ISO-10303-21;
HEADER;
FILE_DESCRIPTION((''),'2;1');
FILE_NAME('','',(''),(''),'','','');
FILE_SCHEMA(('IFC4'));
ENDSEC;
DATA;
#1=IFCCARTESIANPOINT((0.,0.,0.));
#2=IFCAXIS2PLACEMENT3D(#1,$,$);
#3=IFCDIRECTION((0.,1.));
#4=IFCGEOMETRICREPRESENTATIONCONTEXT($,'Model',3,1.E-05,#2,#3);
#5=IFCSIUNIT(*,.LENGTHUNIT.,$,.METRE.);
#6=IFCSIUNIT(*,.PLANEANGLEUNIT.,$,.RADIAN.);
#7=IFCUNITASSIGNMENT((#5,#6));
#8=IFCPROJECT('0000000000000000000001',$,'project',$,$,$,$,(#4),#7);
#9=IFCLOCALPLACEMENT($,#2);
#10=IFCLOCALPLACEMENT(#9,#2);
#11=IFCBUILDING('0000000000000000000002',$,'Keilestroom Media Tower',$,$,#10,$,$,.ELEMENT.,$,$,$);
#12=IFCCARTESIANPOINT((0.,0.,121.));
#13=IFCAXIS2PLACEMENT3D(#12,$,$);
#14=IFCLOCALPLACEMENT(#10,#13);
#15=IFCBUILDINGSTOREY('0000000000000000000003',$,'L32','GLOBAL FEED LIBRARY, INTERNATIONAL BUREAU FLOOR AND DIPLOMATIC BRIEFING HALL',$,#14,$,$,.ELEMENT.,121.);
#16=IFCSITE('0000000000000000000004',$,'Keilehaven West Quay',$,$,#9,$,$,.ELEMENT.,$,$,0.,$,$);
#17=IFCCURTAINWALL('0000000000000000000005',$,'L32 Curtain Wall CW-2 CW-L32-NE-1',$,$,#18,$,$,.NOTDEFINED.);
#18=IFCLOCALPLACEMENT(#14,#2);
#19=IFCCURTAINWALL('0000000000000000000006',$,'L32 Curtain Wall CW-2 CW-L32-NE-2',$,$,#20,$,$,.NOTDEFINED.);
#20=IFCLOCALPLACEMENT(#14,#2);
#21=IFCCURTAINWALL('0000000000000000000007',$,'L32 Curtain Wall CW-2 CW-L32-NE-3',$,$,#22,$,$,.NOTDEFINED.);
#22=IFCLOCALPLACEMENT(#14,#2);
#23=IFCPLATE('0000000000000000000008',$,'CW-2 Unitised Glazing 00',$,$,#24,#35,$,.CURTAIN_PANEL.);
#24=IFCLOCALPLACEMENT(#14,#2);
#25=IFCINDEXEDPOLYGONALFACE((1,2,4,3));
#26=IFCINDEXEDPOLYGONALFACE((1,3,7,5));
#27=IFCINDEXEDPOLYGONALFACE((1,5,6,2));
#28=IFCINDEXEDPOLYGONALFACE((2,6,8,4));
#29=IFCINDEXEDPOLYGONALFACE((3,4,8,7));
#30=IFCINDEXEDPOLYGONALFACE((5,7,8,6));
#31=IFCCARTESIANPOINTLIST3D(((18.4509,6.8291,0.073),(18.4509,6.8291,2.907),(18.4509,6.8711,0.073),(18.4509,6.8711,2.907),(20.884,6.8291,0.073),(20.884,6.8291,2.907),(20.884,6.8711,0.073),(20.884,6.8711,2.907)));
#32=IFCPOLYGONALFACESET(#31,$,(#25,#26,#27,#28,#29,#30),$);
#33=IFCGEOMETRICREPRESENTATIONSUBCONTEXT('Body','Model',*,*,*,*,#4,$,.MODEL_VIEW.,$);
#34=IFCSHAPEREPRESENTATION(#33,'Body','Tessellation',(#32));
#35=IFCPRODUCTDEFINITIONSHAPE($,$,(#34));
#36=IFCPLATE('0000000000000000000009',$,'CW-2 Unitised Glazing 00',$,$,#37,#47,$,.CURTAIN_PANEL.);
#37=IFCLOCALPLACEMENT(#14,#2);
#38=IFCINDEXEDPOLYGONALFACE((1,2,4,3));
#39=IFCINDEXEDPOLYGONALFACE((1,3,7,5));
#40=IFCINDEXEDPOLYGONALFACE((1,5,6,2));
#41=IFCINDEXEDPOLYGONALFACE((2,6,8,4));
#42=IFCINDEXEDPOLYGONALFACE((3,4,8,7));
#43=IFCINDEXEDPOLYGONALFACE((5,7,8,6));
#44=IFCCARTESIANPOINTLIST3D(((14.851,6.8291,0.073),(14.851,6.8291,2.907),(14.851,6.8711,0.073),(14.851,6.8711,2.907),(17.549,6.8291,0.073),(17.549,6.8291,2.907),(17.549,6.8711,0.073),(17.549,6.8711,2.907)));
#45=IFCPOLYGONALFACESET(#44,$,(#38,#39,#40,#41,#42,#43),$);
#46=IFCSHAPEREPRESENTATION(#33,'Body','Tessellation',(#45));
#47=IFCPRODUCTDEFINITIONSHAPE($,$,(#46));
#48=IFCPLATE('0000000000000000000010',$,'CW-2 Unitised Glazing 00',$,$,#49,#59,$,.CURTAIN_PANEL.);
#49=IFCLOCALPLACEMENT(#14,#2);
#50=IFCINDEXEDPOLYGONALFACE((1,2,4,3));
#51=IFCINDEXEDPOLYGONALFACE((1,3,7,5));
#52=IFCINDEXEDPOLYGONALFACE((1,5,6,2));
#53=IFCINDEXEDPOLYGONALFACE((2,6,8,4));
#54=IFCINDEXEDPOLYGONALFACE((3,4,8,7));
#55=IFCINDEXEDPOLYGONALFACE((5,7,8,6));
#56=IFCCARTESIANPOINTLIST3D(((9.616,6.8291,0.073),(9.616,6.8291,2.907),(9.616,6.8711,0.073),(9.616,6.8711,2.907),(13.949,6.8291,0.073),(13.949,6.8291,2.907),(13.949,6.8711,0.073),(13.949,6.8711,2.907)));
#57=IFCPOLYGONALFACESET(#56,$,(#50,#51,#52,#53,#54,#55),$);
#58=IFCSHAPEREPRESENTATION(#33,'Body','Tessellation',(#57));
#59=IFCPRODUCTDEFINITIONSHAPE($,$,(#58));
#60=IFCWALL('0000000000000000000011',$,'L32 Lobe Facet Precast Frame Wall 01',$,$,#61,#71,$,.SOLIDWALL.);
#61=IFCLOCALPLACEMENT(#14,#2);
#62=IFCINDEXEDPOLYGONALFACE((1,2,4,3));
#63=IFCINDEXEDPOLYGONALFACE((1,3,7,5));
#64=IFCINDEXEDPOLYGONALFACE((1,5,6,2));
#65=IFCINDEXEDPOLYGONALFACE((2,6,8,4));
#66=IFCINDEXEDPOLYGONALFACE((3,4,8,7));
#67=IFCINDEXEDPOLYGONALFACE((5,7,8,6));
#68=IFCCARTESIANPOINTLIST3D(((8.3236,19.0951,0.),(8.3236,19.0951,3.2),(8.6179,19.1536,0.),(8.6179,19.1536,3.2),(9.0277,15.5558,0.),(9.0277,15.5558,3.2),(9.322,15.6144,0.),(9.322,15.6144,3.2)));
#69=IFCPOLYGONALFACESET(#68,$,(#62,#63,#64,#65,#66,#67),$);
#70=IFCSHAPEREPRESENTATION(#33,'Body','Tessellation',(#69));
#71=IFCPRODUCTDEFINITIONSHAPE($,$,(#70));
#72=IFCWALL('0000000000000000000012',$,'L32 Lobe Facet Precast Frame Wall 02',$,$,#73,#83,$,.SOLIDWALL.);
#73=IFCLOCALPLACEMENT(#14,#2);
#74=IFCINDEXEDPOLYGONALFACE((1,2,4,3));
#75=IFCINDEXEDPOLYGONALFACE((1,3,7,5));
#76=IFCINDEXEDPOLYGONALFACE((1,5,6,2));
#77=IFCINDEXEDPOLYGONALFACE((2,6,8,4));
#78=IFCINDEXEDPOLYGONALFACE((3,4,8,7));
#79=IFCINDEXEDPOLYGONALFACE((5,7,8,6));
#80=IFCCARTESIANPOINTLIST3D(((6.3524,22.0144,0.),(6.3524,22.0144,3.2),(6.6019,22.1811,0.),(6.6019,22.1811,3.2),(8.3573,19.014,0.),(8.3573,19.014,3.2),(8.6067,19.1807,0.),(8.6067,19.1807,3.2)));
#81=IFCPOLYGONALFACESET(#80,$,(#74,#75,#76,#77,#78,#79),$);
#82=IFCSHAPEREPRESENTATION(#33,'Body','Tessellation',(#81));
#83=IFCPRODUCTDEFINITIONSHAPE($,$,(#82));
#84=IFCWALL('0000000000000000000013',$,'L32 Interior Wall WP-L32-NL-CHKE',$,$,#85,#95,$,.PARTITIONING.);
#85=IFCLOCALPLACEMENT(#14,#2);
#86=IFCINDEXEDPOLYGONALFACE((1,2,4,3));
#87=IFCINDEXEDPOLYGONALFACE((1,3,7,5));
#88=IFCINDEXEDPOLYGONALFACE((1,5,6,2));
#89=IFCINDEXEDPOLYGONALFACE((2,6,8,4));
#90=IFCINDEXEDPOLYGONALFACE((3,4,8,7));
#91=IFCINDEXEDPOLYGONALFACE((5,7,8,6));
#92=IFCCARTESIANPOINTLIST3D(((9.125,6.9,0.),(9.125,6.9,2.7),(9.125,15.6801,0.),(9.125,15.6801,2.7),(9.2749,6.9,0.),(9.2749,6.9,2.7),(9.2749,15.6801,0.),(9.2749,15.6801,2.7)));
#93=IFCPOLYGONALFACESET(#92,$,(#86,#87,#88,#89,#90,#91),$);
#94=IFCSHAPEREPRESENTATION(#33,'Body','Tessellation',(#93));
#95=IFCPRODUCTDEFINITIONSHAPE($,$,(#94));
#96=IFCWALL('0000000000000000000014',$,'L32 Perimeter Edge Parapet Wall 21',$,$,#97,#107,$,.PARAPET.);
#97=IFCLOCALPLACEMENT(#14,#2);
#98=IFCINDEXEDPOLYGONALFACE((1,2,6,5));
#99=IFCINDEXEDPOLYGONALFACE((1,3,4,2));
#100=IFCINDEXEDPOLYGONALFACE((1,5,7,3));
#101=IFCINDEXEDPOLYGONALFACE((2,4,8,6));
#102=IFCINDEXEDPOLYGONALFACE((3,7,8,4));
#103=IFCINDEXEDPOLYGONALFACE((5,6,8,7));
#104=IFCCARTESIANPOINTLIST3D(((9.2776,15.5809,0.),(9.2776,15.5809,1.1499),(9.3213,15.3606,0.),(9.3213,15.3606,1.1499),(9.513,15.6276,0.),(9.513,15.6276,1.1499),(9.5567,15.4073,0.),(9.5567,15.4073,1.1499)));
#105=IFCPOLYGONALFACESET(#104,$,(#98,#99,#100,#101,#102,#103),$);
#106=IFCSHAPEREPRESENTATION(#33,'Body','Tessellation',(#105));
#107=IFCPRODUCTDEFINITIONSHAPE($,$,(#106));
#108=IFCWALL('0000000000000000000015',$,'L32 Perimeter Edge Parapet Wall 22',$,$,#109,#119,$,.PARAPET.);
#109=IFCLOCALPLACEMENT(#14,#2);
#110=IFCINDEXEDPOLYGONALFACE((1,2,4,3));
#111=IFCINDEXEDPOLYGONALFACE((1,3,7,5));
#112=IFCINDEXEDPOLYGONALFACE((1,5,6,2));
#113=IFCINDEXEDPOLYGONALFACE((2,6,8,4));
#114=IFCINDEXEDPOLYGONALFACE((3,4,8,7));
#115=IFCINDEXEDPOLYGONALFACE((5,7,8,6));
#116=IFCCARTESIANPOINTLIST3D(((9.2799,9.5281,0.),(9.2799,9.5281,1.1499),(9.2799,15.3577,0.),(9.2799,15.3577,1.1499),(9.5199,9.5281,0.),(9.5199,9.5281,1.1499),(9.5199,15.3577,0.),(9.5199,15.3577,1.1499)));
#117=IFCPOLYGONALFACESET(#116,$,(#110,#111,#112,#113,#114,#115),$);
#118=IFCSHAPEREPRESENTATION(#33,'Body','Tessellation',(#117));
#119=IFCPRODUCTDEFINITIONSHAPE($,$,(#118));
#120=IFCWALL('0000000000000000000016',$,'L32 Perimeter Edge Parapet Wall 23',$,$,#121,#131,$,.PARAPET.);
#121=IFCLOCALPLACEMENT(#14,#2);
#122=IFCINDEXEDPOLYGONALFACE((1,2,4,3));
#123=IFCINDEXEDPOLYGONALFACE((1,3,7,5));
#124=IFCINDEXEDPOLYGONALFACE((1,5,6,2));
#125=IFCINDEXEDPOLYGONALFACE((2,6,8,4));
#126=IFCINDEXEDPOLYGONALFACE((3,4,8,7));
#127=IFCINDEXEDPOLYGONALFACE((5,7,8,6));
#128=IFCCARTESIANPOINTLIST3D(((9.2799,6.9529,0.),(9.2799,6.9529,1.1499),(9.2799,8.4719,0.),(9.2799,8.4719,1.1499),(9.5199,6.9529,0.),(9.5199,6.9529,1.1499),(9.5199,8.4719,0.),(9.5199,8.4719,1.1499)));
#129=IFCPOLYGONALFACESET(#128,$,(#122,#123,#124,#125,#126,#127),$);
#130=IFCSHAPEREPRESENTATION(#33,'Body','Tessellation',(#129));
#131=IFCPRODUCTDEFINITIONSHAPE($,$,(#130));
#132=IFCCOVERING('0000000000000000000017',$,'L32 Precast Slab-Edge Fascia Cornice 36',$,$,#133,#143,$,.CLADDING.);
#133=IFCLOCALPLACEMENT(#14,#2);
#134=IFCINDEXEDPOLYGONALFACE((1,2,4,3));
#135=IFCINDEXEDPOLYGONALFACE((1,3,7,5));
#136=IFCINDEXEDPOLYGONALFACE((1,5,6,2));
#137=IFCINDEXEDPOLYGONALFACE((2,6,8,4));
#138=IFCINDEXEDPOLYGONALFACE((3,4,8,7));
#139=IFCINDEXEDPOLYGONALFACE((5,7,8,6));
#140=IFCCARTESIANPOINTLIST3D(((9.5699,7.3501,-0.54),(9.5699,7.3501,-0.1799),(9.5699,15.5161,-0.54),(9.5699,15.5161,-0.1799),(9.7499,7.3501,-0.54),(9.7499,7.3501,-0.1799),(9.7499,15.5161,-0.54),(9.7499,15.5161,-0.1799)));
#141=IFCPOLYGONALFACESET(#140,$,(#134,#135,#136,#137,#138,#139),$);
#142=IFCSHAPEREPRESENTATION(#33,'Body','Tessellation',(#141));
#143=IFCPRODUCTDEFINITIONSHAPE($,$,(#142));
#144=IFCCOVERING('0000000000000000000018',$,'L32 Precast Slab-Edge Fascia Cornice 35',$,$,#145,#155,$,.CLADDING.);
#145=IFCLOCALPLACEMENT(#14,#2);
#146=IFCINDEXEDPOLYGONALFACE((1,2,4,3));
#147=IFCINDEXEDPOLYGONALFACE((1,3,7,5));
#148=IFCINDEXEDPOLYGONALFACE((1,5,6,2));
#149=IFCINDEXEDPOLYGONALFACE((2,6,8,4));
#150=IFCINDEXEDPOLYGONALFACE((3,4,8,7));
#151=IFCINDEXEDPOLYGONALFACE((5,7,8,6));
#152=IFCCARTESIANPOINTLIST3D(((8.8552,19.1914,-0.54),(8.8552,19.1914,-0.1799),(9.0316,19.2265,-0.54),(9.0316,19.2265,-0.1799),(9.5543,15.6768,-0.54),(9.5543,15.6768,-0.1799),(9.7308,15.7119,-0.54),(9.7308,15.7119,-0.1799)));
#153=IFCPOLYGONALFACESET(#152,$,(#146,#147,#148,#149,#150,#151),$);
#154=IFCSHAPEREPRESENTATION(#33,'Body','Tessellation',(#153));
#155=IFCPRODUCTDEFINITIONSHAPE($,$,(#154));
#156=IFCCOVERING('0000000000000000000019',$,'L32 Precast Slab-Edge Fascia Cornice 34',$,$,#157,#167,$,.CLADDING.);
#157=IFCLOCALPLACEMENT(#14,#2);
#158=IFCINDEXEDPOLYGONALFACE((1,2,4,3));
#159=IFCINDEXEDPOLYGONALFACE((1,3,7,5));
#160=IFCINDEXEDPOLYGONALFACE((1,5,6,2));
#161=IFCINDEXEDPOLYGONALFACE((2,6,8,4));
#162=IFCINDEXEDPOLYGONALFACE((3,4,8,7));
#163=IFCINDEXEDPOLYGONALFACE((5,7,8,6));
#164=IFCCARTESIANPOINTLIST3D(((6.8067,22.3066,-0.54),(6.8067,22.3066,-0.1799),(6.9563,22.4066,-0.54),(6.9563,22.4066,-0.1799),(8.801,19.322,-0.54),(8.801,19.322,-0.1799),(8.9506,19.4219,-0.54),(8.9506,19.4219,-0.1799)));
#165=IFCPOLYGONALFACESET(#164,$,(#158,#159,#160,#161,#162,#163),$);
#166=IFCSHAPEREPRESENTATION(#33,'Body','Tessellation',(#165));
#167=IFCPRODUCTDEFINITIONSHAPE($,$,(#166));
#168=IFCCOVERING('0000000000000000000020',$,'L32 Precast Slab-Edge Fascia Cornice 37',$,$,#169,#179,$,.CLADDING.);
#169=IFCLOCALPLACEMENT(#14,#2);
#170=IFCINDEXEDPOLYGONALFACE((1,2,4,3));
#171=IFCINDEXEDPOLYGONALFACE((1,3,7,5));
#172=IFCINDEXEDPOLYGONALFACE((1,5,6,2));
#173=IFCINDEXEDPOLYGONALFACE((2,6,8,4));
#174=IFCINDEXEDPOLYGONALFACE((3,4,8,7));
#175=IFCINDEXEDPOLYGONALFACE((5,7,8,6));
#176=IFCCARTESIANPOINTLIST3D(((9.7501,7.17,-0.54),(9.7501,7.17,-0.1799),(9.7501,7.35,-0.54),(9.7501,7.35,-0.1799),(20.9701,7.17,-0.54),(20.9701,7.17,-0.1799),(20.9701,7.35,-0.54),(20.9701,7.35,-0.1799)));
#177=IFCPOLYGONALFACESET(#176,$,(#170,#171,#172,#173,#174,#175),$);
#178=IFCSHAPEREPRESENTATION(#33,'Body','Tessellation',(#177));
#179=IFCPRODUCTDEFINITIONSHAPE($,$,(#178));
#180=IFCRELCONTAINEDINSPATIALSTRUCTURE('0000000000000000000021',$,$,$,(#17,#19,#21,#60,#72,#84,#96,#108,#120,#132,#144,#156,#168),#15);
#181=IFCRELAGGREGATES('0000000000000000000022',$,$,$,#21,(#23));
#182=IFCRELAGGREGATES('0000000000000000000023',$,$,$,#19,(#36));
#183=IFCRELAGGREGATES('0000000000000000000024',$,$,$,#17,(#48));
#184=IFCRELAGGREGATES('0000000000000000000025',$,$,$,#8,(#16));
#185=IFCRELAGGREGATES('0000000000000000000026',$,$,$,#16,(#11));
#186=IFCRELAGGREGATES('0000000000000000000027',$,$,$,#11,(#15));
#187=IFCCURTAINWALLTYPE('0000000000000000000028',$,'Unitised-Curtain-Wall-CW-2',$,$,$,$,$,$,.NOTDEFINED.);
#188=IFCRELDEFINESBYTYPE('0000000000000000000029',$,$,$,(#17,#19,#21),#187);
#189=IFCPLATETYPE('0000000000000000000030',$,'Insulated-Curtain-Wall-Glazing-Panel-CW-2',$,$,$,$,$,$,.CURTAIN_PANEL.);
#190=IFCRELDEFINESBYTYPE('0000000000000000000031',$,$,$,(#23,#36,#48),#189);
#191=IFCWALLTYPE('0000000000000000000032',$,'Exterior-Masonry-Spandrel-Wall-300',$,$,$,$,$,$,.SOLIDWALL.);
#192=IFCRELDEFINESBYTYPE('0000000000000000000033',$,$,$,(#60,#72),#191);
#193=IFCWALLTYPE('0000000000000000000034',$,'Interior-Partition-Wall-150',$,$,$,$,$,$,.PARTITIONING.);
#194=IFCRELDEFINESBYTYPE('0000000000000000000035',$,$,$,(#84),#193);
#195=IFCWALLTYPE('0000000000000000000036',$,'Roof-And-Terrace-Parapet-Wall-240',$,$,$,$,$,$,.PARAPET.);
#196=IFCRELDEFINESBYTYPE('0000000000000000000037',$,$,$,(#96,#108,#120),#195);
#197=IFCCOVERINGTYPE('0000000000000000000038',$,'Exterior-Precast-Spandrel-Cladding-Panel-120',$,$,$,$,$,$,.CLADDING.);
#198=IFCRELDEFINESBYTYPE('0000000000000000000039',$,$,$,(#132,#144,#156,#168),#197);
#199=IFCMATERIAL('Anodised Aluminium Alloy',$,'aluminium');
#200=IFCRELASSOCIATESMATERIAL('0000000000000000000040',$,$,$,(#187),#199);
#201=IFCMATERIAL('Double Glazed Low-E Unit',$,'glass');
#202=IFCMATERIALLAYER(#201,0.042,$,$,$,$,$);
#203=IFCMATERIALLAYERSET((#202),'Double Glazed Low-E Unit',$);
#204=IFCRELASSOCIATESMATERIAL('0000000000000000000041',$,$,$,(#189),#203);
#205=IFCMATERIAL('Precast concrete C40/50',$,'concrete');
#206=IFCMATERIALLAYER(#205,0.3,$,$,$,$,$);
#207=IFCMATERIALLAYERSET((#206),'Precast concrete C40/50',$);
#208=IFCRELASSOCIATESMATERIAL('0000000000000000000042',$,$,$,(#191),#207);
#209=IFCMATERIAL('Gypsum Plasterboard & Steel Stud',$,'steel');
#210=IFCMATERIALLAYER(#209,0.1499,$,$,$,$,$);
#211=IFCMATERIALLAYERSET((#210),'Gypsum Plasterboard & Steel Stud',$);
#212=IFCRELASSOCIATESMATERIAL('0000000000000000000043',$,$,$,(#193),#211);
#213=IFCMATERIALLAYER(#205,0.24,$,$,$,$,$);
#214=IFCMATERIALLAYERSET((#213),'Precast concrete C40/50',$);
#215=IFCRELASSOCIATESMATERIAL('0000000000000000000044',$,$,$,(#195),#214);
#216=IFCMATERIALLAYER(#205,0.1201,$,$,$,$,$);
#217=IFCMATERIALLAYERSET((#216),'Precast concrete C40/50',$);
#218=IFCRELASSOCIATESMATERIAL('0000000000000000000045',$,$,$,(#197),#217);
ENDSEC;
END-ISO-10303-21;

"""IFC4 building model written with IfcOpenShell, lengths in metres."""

from ifc_helpers import new_model, si_unit, direction, frame, frame_2d, origin, origin_2d, place, context, subcontext, project, spatial, rectangle, extrude, source, transform, mapped, material, layer, layer_set, type_object, element, aggregate, save


model = new_model("IFC4")

# Units and contexts
model_context = context("Model", 3, precision=1e-05, world=origin(), true_north=direction((0.0, 1.0)))
body_context = subcontext(model_context, "Body", "Model", "MODEL_VIEW")
ifc_project = project(units=[si_unit("LENGTHUNIT", "METRE"), si_unit("PLANEANGLEUNIT", "RADIAN")], contexts=[model_context])

# Site, building, storey
site_placement = place(None, origin())
site = spatial("IfcSite", under=ifc_project, at=site_placement, Name="Keilehaven West Quay", CompositionType="ELEMENT", RefElevation=0.0)
building_placement = place(site_placement, origin())
building = spatial("IfcBuilding", under=site, at=building_placement, Name="Keilestroom Media Tower", CompositionType="ELEMENT")
storey_placement = place(building_placement, frame((0.0, 0.0, 121.0)))
storey = spatial("IfcBuildingStorey", under=building, at=storey_placement, Name="L32", Description="GLOBAL FEED LIBRARY, INTERNATIONAL BUREAU FLOOR AND DIPLOMATIC BRIEFING HALL", CompositionType="ELEMENT", Elevation=121.0)

# Shared definitions
ifc_material_1 = material(Name="Precast concrete C40/50", Category="concrete")

# Curtain wall
ifc_material_2 = material(Name="Anodised Aluminium Alloy", Category="aluminium")
curtain_wall_type = type_object("IfcCurtainWallType", Name="Unitised-Curtain-Wall-CW-2", PredefinedType="NOTDEFINED", material=ifc_material_2)
curtain_wall_1_placement = place(storey_placement, origin())
curtain_wall_1 = element("IfcCurtainWall", 1, at=curtain_wall_1_placement, inside=storey, type_object=curtain_wall_type, Name="L32 Curtain Wall CW-2 CW-L32-NE-1", PredefinedType="NOTDEFINED")

# Curtain walls
curtain_wall_2_placement = place(storey_placement, origin())
curtain_wall_2 = element("IfcCurtainWall", 2, at=curtain_wall_2_placement, inside=storey, type_object=curtain_wall_type, Name="L32 Curtain Wall CW-2 CW-L32-NE-2", PredefinedType="NOTDEFINED")
curtain_wall_3_placement = place(storey_placement, origin())
curtain_wall_3 = element("IfcCurtainWall", 3, at=curtain_wall_3_placement, inside=storey, type_object=curtain_wall_type, Name="L32 Curtain Wall CW-2 CW-L32-NE-3", PredefinedType="NOTDEFINED")

# Plates
ifc_material_3 = material(Name="Double Glazed Low-E Unit", Category="glass")
ifc_layer_1 = layer(ifc_material_3, 0.042)
ifc_layer_set_1 = layer_set([ifc_layer_1], Name="Double Glazed Low-E Unit")
plate_type = type_object("IfcPlateType", Name="Insulated-Curtain-Wall-Glazing-Panel-CW-2", PredefinedType="CURTAIN_PANEL", material=ifc_layer_set_1)
shared_shape_1 = source(origin(), body_context, "Body", "SweptSolid", [
    extrude(rectangle(XDim=2.4331, YDim=0.042, at=origin_2d()), origin(), (0.0, 0.0, 1.0), 2.834),
])
plate_1_placement = place(storey_placement, frame((19.6675, 6.8501, 0.073), z_axis=(0.0, 0.0, 1.0), x_axis=(1.0, 0.0, 0.0)))
plate_1 = element("IfcPlate", 4, at=plate_1_placement, type_object=plate_type, Name="CW-2 Unitised Glazing 00", PredefinedType="CURTAIN_PANEL", context=body_context, shape_type="MappedRepresentation", body=[
    mapped(shared_shape_1, transform((0.0, 0.0, 0.0), x_axis=(1.0, 0.0, 0.0), y_axis=(0.0, 1.0, 0.0), z_axis=(0.0, 0.0, 1.0), scale=1.0)),
])
aggregate(curtain_wall_3, [plate_1])
shared_shape_2 = source(origin(), body_context, "Body", "SweptSolid", [
    extrude(rectangle(XDim=2.698, YDim=0.042, at=origin_2d()), origin(), (0.0, 0.0, 1.0), 2.834),
])
plate_2_placement = place(storey_placement, frame((16.2, 6.8501, 0.073), z_axis=(0.0, 0.0, 1.0), x_axis=(1.0, 0.0, 0.0)))
plate_2 = element("IfcPlate", 5, at=plate_2_placement, type_object=plate_type, Name="CW-2 Unitised Glazing 00", PredefinedType="CURTAIN_PANEL", context=body_context, shape_type="MappedRepresentation", body=[
    mapped(shared_shape_2, transform((0.0, 0.0, 0.0), x_axis=(1.0, 0.0, 0.0), y_axis=(0.0, 1.0, 0.0), z_axis=(0.0, 0.0, 1.0), scale=1.0)),
])
aggregate(curtain_wall_2, [plate_2])
shared_shape_3 = source(origin(), body_context, "Body", "SweptSolid", [
    extrude(rectangle(XDim=4.333, YDim=0.042, at=origin_2d()), origin(), (0.0, 0.0, 1.0), 2.834),
])
plate_3_placement = place(storey_placement, frame((11.7825, 6.8501, 0.073), z_axis=(0.0, 0.0, 1.0), x_axis=(1.0, 0.0, 0.0)))
plate_3 = element("IfcPlate", 6, at=plate_3_placement, type_object=plate_type, Name="CW-2 Unitised Glazing 00", PredefinedType="CURTAIN_PANEL", context=body_context, shape_type="MappedRepresentation", body=[
    mapped(shared_shape_3, transform((0.0, 0.0, 0.0), x_axis=(1.0, 0.0, 0.0), y_axis=(0.0, 1.0, 0.0), z_axis=(0.0, 0.0, 1.0), scale=1.0)),
])
aggregate(curtain_wall_1, [plate_3])

# Walls
ifc_layer_2 = layer(ifc_material_1, 0.3)
ifc_layer_set_2 = layer_set([ifc_layer_2], Name="Precast concrete C40/50")
wall_type_1 = type_object("IfcWallType", Name="Exterior-Masonry-Spandrel-Wall-300", PredefinedType="SOLIDWALL", material=ifc_layer_set_2)
for number, where, z_axis, x_axis, name in (
    (7, (9.1748, 15.5852, 0.0), (0.0, 0.0, 1.0), (-0.195114, 0.980781, 0.0), "L32 Lobe Facet Precast Frame Wall 01"),
    (8, (8.4819, 19.0974, 0.0), (0.0, 0.0, 1.0), (-0.555574, 0.831467, 0.0), "L32 Lobe Facet Precast Frame Wall 02"),
):
    element("IfcWall", number, at=place(storey_placement, frame(where, z_axis=z_axis, x_axis=x_axis)), inside=storey, type_object=wall_type_1, Name=name, PredefinedType="SOLIDWALL", context=body_context, shape_type="SweptSolid", body=[
        extrude(rectangle(XDim=3.6086, YDim=0.3, at=frame_2d((1.8042, 0.0))), origin(), (0.0, 0.0, 1.0), 3.2),
    ])
ifc_material_4 = material(Name="Gypsum Plasterboard & Steel Stud", Category="steel")
ifc_layer_3 = layer(ifc_material_4, 0.1499)
ifc_layer_set_3 = layer_set([ifc_layer_3], Name="Gypsum Plasterboard & Steel Stud")
wall_type_2 = type_object("IfcWallType", Name="Interior-Partition-Wall-150", PredefinedType="PARTITIONING", material=ifc_layer_set_3)
wall_1_placement = place(storey_placement, frame((9.2, 6.8999, 0.0), z_axis=(0.0, 0.0, 1.0), x_axis=(0.0, 1.0, 0.0)))
element("IfcWall", 9, at=wall_1_placement, inside=storey, type_object=wall_type_2, Name="L32 Interior Wall WP-L32-NL-CHKE", PredefinedType="PARTITIONING", context=body_context, shape_type="SweptSolid", body=[
    extrude(rectangle(XDim=8.78, YDim=0.1499, at=frame_2d((4.3901, 0.0))), origin(), (0.0, 0.0, 1.0), 2.7),
])
ifc_layer_4 = layer(ifc_material_1, 0.24)
ifc_layer_set_4 = layer_set([ifc_layer_4], Name="Precast concrete C40/50")
wall_type_3 = type_object("IfcWallType", Name="Roof-And-Terrace-Parapet-Wall-240", PredefinedType="PARAPET", material=ifc_layer_set_4)
wall_2_placement = place(storey_placement, frame((9.3953, 15.6042, 0.0), z_axis=(0.0, 0.0, 1.0), x_axis=(0.194652, -0.980872, 0.0)))
element("IfcWall", 10, at=wall_2_placement, inside=storey, type_object=wall_type_3, Name="L32 Perimeter Edge Parapet Wall 21", PredefinedType="PARAPET", context=body_context, shape_type="SweptSolid", body=[
    extrude(rectangle(XDim=0.2246, YDim=0.24, at=frame_2d((0.1123, 0.0))), origin(), (0.0, 0.0, 1.0), 1.1499),
])
wall_3_placement = place(storey_placement, frame((9.3999, 15.3577, 0.0), z_axis=(0.0, 0.0, 1.0), x_axis=(0.0, -1.0, 0.0)))
element("IfcWall", 11, at=wall_3_placement, inside=storey, type_object=wall_type_3, Name="L32 Perimeter Edge Parapet Wall 22", PredefinedType="PARAPET", context=body_context, shape_type="SweptSolid", body=[
    extrude(rectangle(XDim=5.8296, YDim=0.24, at=frame_2d((2.9148, 0.0))), origin(), (0.0, 0.0, 1.0), 1.1499),
])
wall_4_placement = place(storey_placement, frame((9.3999, 8.4719, 0.0), z_axis=(0.0, 0.0, 1.0), x_axis=(0.0, -1.0, 0.0)))
element("IfcWall", 12, at=wall_4_placement, inside=storey, type_object=wall_type_3, Name="L32 Perimeter Edge Parapet Wall 23", PredefinedType="PARAPET", context=body_context, shape_type="SweptSolid", body=[
    extrude(rectangle(XDim=1.519, YDim=0.24, at=frame_2d((0.7595, 0.0))), origin(), (0.0, 0.0, 1.0), 1.1499),
])

# Coverings
ifc_layer_5 = layer(ifc_material_1, 0.1201)
ifc_layer_set_5 = layer_set([ifc_layer_5], Name="Precast concrete C40/50")
covering_type = type_object("IfcCoveringType", Name="Exterior-Precast-Spandrel-Cladding-Panel-120", PredefinedType="CLADDING", material=ifc_layer_set_5)
shared_shape_4 = source(origin(), body_context, "Body", "SweptSolid", [
    extrude(rectangle(XDim=8.166, YDim=0.1799, at=origin_2d()), origin(), (0.0, 0.0, 1.0), 0.3601),
])
covering_1_placement = place(storey_placement, frame((9.6599, 11.4331, -0.54), z_axis=(0.0, 0.0, 1.0), x_axis=(0.0, -1.0, 0.0)))
element("IfcCovering", 13, at=covering_1_placement, inside=storey, type_object=covering_type, Name="L32 Precast Slab-Edge Fascia Cornice 36", PredefinedType="CLADDING", context=body_context, shape_type="MappedRepresentation", body=[
    mapped(shared_shape_4, transform((0.0, 0.0, 0.0), x_axis=(1.0, 0.0, 0.0), y_axis=(0.0, 1.0, 0.0), z_axis=(0.0, 0.0, 1.0), scale=1.0)),
])
shared_shape_5 = source(origin(), body_context, "Body", "SweptSolid", [
    extrude(rectangle(XDim=3.5835, YDim=0.1799, at=origin_2d()), origin(), (0.0, 0.0, 1.0), 0.3601),
])
covering_2_placement = place(storey_placement, frame((9.293, 17.4517, -0.54), z_axis=(0.0, 0.0, 1.0), x_axis=(0.195099, -0.980784, 0.0)))
element("IfcCovering", 14, at=covering_2_placement, inside=storey, type_object=covering_type, Name="L32 Precast Slab-Edge Fascia Cornice 35", PredefinedType="CLADDING", context=body_context, shape_type="MappedRepresentation", body=[
    mapped(shared_shape_5, transform((0.0, 0.0, 0.0), x_axis=(1.0, 0.0, 0.0), y_axis=(0.0, 1.0, 0.0), z_axis=(0.0, 0.0, 1.0), scale=1.0)),
])
shared_shape_6 = source(origin(), body_context, "Body", "SweptSolid", [
    extrude(rectangle(XDim=3.5896, YDim=0.1799, at=origin_2d()), origin(), (0.0, 0.0, 1.0), 0.3601),
])
covering_3_placement = place(storey_placement, frame((7.8787, 20.8643, -0.54), z_axis=(0.0, 0.0, 1.0), x_axis=(0.555575, -0.831467, 0.0)))
element("IfcCovering", 15, at=covering_3_placement, inside=storey, type_object=covering_type, Name="L32 Precast Slab-Edge Fascia Cornice 34", PredefinedType="CLADDING", context=body_context, shape_type="MappedRepresentation", body=[
    mapped(shared_shape_6, transform((0.0, 0.0, 0.0), x_axis=(1.0, 0.0, 0.0), y_axis=(0.0, 1.0, 0.0), z_axis=(0.0, 0.0, 1.0), scale=1.0)),
])
shared_shape_7 = source(origin(), body_context, "Body", "SweptSolid", [
    extrude(rectangle(XDim=11.22, YDim=0.1799, at=origin_2d()), origin(), (0.0, 0.0, 1.0), 0.3601),
])
covering_4_placement = place(storey_placement, frame((15.3601, 7.26, -0.54), z_axis=(0.0, 0.0, 1.0), x_axis=(1.0, 0.0, 0.0)))
element("IfcCovering", 16, at=covering_4_placement, inside=storey, type_object=covering_type, Name="L32 Precast Slab-Edge Fascia Cornice 37", PredefinedType="CLADDING", context=body_context, shape_type="MappedRepresentation", body=[
    mapped(shared_shape_7, transform((0.0, 0.0, 0.0), x_axis=(1.0, 0.0, 0.0), y_axis=(0.0, 1.0, 0.0), z_axis=(0.0, 0.0, 1.0), scale=1.0)),
])

save(model, "model.ifc")
